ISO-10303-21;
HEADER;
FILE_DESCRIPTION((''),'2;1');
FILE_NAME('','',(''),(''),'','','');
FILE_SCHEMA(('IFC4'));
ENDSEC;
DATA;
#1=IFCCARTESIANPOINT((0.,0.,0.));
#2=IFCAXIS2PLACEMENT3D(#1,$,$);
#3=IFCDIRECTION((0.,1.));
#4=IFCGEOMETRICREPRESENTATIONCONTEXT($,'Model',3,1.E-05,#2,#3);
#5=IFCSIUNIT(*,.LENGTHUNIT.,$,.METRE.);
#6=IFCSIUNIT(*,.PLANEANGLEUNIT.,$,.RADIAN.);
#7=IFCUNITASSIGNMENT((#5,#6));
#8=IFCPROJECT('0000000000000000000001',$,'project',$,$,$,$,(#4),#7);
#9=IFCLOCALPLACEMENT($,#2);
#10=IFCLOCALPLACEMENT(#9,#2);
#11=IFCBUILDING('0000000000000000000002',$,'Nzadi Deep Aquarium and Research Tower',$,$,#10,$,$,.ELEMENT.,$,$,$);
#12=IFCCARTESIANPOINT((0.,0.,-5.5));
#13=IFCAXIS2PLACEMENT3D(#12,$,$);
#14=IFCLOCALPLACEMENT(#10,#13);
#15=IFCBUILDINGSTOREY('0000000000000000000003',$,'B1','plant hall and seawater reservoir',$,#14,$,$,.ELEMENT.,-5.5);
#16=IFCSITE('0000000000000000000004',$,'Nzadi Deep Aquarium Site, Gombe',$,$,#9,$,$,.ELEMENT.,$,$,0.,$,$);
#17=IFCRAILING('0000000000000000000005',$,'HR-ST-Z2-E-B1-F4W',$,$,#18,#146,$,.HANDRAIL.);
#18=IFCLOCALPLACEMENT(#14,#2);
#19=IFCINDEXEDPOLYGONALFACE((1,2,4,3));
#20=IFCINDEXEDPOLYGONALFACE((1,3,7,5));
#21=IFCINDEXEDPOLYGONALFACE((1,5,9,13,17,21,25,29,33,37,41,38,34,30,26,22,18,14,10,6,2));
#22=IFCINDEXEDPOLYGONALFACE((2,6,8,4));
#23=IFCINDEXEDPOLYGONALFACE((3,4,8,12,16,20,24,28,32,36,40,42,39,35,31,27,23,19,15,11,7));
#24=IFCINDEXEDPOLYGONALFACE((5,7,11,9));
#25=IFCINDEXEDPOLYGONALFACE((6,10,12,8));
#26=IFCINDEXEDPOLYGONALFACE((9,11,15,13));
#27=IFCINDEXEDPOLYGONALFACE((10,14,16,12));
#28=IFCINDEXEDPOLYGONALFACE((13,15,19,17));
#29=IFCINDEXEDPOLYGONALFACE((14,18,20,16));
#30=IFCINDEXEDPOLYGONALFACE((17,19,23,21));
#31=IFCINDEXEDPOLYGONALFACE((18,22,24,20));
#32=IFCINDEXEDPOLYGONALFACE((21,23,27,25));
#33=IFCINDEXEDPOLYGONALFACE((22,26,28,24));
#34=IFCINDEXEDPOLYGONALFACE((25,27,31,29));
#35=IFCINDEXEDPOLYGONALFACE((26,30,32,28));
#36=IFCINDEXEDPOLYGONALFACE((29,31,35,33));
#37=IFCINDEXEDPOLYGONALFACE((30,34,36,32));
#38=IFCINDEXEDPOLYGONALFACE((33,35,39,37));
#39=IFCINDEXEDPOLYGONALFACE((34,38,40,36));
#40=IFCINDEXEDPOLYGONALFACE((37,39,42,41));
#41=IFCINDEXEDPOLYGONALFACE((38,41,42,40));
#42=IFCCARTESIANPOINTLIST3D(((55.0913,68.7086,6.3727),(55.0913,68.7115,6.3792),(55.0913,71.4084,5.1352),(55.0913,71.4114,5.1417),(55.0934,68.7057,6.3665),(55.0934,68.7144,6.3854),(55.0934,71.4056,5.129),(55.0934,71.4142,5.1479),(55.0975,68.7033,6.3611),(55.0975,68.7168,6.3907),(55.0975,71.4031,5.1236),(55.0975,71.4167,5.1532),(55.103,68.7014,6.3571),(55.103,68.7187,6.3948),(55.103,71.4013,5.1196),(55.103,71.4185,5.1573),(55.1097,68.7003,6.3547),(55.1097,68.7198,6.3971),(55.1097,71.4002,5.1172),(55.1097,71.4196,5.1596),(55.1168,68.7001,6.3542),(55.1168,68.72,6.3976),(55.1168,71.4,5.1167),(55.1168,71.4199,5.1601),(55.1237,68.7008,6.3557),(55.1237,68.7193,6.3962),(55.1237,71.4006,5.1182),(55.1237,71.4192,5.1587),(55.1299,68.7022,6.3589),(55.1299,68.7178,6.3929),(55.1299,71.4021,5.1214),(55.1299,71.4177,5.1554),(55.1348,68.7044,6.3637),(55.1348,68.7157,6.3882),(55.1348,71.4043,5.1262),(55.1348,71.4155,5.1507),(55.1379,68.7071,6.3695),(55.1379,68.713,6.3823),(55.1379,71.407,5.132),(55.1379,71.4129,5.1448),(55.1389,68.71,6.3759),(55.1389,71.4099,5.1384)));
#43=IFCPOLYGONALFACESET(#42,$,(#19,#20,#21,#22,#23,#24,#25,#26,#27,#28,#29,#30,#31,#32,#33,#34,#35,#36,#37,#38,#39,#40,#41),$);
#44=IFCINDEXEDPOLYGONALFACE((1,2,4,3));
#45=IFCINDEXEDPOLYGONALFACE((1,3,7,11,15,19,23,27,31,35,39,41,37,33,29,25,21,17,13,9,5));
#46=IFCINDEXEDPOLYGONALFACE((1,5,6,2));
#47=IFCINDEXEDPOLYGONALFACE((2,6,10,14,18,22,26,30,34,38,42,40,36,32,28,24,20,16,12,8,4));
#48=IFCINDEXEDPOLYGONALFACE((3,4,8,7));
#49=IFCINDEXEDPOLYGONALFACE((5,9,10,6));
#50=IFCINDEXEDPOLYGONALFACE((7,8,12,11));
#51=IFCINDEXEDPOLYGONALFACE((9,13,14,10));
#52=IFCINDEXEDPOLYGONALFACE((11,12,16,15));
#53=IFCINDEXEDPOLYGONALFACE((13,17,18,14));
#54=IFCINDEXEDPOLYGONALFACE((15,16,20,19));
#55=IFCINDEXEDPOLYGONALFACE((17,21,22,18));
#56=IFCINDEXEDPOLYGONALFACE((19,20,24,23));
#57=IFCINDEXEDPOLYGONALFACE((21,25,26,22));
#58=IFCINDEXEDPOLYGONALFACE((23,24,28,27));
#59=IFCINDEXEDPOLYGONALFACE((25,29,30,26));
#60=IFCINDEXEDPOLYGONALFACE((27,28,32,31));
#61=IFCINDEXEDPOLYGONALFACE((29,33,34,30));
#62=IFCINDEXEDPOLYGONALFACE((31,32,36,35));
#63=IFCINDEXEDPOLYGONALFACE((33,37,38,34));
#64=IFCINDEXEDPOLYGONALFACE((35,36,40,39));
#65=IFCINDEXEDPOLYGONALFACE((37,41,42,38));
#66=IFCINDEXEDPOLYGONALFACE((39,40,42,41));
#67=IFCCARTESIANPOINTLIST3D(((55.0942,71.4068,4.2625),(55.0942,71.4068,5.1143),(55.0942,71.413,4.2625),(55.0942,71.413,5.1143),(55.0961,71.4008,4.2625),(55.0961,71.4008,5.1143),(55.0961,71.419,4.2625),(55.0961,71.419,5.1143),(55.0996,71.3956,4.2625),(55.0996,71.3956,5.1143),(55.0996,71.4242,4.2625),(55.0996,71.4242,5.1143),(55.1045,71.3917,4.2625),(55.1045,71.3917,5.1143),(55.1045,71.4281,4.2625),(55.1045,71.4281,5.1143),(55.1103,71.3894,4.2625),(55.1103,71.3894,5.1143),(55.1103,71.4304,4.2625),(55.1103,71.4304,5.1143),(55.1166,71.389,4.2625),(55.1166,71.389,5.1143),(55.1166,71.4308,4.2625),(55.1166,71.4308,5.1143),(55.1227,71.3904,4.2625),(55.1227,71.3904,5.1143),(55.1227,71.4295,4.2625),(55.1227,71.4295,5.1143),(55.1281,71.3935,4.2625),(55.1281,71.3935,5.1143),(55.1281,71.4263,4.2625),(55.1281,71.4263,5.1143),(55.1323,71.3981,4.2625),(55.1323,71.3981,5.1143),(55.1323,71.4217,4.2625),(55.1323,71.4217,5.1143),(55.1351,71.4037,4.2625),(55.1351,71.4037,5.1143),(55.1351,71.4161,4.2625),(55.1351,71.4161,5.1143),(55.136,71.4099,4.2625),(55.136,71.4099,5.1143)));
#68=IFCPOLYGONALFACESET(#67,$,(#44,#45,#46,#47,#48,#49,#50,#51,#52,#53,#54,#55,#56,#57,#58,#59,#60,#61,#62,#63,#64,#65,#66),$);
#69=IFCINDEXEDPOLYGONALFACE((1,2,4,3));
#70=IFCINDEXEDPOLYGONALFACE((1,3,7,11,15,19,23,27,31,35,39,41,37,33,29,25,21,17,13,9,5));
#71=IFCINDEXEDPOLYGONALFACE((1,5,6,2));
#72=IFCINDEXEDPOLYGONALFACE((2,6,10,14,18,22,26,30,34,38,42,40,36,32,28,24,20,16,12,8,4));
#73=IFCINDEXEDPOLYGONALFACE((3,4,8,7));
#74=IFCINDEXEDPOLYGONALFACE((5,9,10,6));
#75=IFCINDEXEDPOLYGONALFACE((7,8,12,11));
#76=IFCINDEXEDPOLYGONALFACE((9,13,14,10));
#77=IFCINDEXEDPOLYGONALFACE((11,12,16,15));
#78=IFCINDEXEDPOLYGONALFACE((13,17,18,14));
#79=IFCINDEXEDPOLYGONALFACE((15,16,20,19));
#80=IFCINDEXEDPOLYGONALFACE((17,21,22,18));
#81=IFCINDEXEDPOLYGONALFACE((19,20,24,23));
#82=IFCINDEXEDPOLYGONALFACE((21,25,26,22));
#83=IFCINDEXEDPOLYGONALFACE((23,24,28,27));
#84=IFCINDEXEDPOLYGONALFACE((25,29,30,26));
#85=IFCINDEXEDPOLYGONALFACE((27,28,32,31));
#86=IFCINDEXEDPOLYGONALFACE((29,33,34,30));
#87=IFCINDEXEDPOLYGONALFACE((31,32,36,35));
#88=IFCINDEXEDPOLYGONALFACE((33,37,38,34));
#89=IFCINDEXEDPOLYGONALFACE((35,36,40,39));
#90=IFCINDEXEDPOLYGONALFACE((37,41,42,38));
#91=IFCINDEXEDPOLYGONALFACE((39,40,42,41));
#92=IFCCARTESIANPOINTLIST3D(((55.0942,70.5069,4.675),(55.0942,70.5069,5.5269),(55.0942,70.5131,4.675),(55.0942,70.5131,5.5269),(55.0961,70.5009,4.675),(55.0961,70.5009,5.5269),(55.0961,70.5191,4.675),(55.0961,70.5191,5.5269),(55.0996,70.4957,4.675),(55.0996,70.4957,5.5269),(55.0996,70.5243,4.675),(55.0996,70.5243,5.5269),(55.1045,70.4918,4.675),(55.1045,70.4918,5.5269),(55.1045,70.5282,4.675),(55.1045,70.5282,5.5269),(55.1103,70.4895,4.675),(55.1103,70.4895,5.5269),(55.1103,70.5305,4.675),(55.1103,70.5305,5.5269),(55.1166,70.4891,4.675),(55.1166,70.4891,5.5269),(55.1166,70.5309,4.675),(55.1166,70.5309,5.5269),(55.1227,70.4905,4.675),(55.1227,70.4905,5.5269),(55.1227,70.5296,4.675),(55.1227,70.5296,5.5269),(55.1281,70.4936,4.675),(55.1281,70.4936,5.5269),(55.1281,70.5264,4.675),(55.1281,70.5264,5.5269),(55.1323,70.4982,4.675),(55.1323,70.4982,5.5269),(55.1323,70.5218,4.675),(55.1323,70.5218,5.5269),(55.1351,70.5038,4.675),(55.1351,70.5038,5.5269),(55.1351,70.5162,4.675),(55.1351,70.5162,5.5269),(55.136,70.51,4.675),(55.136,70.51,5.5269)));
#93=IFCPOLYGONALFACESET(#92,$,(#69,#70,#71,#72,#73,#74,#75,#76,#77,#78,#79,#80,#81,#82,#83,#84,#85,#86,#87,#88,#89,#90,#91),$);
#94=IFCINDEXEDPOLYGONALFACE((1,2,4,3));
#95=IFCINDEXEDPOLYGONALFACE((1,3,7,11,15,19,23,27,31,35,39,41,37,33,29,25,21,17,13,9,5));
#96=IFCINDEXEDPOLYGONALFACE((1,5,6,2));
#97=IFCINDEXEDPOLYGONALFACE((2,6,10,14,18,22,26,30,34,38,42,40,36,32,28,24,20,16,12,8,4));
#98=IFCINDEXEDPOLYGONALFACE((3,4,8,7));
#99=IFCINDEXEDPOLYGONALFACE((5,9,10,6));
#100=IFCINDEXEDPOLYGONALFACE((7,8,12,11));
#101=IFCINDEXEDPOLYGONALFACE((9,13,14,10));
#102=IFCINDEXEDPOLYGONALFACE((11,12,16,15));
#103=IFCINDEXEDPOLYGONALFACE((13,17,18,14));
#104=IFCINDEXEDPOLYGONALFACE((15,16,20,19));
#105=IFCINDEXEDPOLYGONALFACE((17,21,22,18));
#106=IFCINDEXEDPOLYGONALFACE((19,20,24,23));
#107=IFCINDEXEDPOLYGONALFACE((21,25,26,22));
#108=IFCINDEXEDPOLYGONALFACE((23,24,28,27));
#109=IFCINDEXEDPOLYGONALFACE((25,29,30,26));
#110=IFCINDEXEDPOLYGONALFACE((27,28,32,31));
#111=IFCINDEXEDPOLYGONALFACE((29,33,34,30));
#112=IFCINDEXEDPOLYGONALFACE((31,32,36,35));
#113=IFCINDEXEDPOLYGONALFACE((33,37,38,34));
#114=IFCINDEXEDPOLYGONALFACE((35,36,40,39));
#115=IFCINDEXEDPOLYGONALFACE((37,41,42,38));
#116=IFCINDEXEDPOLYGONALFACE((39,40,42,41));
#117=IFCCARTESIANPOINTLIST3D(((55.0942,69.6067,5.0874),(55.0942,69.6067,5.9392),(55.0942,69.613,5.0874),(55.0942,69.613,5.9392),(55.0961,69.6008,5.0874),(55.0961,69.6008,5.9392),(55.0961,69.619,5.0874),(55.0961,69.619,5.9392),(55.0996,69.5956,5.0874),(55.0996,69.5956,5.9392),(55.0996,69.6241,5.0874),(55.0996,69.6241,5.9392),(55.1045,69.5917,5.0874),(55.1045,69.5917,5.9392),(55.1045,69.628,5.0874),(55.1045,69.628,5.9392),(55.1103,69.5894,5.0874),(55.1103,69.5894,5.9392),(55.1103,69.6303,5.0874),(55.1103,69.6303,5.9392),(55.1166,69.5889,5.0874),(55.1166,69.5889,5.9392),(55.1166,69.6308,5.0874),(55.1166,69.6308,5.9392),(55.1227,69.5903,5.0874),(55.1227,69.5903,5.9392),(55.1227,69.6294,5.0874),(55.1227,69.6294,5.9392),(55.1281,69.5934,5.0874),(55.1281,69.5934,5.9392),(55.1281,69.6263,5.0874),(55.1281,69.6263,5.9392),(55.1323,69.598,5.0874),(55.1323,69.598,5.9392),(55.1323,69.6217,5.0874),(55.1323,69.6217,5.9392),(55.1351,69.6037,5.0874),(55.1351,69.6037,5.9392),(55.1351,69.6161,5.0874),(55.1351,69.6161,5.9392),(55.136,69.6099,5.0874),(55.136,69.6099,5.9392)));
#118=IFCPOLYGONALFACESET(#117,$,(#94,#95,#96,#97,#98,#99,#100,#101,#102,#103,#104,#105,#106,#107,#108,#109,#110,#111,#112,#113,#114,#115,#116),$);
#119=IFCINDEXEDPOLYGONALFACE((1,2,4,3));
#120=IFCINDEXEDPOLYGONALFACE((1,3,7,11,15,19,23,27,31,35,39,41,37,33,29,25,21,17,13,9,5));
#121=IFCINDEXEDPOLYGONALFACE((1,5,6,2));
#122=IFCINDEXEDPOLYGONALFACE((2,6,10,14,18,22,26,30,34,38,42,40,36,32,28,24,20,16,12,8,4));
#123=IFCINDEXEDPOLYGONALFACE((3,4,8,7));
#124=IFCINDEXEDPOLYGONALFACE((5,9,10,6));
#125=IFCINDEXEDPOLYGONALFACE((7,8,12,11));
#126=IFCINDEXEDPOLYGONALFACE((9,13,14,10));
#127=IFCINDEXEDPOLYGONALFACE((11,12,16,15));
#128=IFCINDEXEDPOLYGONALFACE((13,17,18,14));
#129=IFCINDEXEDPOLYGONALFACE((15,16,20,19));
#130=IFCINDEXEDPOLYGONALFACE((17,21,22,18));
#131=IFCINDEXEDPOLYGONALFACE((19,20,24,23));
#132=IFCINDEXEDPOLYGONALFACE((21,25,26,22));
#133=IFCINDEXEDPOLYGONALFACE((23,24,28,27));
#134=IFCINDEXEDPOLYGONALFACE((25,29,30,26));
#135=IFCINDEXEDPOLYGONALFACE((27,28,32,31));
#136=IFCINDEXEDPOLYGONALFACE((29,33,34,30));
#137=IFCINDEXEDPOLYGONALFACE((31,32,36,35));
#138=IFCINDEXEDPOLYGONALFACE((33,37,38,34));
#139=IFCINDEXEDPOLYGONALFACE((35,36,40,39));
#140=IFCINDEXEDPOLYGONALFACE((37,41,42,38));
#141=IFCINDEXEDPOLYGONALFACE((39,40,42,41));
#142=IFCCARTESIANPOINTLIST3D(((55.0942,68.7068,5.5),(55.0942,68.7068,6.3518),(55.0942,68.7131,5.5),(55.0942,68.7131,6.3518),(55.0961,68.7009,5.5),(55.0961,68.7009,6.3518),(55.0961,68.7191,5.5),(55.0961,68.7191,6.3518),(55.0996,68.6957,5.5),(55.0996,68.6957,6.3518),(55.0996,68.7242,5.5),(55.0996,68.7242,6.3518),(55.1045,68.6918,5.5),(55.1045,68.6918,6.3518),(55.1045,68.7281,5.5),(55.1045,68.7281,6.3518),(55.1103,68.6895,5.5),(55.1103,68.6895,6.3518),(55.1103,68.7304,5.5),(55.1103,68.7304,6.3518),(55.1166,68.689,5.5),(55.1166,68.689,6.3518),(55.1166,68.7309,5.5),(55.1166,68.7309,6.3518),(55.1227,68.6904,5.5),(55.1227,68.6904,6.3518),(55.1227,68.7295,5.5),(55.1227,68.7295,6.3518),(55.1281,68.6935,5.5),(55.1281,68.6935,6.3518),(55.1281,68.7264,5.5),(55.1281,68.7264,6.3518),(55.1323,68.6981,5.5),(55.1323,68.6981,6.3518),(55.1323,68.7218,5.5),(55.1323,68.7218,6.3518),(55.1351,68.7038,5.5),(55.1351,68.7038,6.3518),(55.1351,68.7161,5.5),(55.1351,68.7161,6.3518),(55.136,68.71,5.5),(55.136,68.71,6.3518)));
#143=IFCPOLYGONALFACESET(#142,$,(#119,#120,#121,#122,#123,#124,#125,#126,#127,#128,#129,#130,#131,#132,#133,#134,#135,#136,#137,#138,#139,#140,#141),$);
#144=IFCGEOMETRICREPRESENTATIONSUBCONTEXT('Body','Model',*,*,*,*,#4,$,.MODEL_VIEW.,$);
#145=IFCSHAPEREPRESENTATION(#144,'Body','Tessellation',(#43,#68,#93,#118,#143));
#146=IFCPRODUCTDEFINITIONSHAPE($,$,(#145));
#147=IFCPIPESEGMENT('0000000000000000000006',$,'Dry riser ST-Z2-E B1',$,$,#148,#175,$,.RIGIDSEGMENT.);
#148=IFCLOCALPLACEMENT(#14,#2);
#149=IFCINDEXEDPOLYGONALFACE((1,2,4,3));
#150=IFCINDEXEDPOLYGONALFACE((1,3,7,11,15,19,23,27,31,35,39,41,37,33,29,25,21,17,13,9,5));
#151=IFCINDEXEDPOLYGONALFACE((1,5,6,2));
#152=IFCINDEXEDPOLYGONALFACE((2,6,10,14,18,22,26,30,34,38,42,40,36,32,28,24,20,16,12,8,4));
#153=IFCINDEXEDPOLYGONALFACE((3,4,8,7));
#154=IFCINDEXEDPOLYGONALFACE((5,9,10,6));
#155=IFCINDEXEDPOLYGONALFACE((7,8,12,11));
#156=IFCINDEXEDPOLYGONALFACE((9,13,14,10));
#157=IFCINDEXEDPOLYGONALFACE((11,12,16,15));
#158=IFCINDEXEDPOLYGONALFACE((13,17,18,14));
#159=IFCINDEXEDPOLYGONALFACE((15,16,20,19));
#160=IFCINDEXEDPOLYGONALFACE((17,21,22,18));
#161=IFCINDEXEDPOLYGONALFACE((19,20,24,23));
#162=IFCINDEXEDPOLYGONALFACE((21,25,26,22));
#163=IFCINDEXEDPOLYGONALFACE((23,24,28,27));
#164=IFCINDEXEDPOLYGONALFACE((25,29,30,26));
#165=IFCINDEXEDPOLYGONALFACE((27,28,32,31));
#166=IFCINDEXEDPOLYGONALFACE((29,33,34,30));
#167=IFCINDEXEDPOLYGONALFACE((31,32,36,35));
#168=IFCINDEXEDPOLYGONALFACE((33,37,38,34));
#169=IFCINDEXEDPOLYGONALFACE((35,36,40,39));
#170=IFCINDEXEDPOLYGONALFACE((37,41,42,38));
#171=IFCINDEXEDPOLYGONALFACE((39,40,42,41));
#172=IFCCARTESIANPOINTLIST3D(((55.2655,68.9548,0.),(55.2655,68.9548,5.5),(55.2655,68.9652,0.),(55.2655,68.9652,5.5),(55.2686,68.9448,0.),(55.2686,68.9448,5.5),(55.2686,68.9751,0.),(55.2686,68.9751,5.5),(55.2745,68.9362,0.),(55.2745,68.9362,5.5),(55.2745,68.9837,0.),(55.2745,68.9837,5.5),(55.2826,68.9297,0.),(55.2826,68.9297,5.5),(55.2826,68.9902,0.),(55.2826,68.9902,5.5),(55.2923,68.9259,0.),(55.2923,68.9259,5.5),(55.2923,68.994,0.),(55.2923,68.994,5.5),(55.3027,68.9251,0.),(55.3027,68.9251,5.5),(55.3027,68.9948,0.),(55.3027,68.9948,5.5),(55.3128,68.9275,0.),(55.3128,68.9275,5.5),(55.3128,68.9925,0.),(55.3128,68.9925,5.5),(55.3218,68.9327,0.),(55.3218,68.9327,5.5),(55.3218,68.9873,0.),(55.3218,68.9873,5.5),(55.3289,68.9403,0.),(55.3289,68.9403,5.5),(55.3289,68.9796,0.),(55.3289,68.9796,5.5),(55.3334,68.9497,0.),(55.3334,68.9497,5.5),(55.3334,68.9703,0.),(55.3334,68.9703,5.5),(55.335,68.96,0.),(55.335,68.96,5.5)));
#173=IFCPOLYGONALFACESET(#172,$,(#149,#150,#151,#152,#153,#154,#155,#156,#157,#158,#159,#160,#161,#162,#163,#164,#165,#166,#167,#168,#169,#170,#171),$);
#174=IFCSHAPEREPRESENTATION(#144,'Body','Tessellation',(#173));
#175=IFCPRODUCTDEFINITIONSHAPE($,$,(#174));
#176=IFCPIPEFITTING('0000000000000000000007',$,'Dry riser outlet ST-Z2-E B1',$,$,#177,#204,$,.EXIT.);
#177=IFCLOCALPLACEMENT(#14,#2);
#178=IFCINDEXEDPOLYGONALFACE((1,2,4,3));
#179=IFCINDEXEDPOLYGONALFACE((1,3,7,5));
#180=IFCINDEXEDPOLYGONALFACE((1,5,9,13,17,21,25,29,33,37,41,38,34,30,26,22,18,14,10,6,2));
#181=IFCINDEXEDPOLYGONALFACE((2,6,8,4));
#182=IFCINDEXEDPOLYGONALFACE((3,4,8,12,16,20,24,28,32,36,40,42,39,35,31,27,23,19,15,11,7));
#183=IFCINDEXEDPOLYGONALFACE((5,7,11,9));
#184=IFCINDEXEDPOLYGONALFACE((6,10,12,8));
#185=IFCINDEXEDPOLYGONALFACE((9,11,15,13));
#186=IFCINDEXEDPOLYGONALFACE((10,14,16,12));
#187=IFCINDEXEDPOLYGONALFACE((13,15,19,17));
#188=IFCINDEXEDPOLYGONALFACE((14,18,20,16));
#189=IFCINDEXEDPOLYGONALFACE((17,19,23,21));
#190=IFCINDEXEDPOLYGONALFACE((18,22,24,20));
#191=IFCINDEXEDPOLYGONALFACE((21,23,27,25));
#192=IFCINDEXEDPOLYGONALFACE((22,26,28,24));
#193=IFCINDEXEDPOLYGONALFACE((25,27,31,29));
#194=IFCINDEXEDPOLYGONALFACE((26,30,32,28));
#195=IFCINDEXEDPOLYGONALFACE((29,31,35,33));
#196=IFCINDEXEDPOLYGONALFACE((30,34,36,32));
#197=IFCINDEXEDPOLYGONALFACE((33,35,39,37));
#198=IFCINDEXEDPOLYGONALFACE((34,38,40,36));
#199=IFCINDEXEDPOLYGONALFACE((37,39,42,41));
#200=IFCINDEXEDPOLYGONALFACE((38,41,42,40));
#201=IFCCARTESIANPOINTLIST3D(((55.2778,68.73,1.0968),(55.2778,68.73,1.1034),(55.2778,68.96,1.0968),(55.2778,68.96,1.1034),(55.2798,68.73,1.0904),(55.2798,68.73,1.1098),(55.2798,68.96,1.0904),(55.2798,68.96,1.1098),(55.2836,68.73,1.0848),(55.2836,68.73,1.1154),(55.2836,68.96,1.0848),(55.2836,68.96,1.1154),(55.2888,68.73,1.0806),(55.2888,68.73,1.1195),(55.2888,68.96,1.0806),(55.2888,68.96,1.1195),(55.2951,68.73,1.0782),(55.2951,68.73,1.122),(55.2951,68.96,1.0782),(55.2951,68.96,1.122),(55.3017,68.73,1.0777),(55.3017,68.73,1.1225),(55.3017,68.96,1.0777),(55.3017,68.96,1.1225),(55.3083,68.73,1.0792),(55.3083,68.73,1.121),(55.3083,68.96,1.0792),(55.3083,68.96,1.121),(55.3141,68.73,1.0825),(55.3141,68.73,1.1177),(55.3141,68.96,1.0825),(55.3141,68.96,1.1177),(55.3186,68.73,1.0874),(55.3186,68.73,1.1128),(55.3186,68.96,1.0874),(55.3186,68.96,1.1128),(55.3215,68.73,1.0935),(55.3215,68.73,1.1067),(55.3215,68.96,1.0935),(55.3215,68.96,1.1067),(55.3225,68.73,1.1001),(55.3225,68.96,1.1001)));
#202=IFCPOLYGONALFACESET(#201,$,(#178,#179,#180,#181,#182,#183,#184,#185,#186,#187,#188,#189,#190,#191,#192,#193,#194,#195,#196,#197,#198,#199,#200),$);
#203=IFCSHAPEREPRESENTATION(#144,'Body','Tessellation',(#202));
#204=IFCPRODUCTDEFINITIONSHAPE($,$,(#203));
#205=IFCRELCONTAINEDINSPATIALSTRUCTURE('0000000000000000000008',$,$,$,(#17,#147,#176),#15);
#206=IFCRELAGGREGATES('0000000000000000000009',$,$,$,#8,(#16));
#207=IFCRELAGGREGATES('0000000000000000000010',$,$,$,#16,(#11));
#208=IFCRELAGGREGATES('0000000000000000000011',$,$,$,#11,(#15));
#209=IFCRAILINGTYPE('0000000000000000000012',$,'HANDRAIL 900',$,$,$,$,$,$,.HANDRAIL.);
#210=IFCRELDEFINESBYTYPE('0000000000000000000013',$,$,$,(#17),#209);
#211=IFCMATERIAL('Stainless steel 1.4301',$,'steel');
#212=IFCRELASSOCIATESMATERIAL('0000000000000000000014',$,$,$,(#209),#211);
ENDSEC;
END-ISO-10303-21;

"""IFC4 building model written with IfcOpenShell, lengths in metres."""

from ifc_helpers import new_model, si_unit, direction, frame, origin, origin_2d, place, context, subcontext, project, spatial, circle, extrude, material, type_object, element, save


model = new_model("IFC4")

# Units and contexts
model_context = context("Model", 3, precision=1e-05, world=origin(), true_north=direction((0.0, 1.0)))
body_context = subcontext(model_context, "Body", "Model", "MODEL_VIEW")
ifc_project = project(units=[si_unit("LENGTHUNIT", "METRE"), si_unit("PLANEANGLEUNIT", "RADIAN")], contexts=[model_context])

# Site, building, storey
site_placement = place(None, origin())
site = spatial("IfcSite", under=ifc_project, at=site_placement, Name="Nzadi Deep Aquarium Site, Gombe", CompositionType="ELEMENT", RefElevation=0.0)
building_placement = place(site_placement, origin())
building = spatial("IfcBuilding", under=site, at=building_placement, Name="Nzadi Deep Aquarium and Research Tower", CompositionType="ELEMENT")
storey_placement = place(building_placement, frame((0.0, 0.0, -5.5)))
storey = spatial("IfcBuildingStorey", under=building, at=storey_placement, Name="B1", Description="plant hall and seawater reservoir", CompositionType="ELEMENT", Elevation=-5.5)

# Railing
ifc_material_1 = material(Name="Stainless steel 1.4301", Category="steel")
railing_type = type_object("IfcRailingType", Name="HANDRAIL 900", PredefinedType="HANDRAIL", material=ifc_material_1)
for number, where, name in (
    (1, (55.115, 71.4099, 4.2625), "HR-ST-Z2-E-B1-F4W"),
):
    element("IfcRailing", number, at=place(storey_placement, frame(where)), inside=storey, type_object=railing_type, Name=name, PredefinedType="HANDRAIL", context=body_context, shape_type="SweptSolid", body=[
        extrude(circle(Radius=0.0239, at=origin_2d()), frame((0.0, 0.0, 0.876), z_axis=(0.0, -0.909056, 0.416675), x_axis=(1.0, 0.0, 0.0)), (0.0, 0.0, 1.0), 2.97),
        extrude(circle(Radius=0.021, at=origin_2d()), origin(), (0.0, 0.0, 1.0), 0.8518),
        extrude(circle(Radius=0.021, at=origin_2d()), frame((0.0, -0.8999, 0.4126)), (0.0, 0.0, 1.0), 0.8518),
        extrude(circle(Radius=0.021, at=origin_2d()), frame((0.0, -1.8, 0.825)), (0.0, 0.0, 1.0), 0.8518),
        extrude(circle(Radius=0.021, at=origin_2d()), frame((0.0, -2.7, 1.2375)), (0.0, 0.0, 1.0), 0.8518),
    ])

# Pipe segment
pipe_segment_placement = place(storey_placement, frame((55.3, 68.96, 0.0), z_axis=(0.0, 0.0, 1.0), x_axis=(1.0, 0.0, 0.0)))
element("IfcPipeSegment", 2, at=pipe_segment_placement, inside=storey, Name="Dry riser ST-Z2-E B1", PredefinedType="RIGIDSEGMENT", context=body_context, shape_type="SweptSolid", body=[
    extrude(circle(Radius=0.0349, at=origin_2d()), origin(), (0.0, 0.0, 1.0), 5.5),
])

# Pipe fitting
pipe_fitting_placement = place(storey_placement, frame((55.3, 68.96, 1.1001), z_axis=(0.0, -1.0, 0.0), x_axis=(1.0, 0.0, 0.0)))
element("IfcPipeFitting", 3, at=pipe_fitting_placement, inside=storey, Name="Dry riser outlet ST-Z2-E B1", PredefinedType="EXIT", context=body_context, shape_type="SweptSolid", body=[
    extrude(circle(Radius=0.0225, at=origin_2d()), origin(), (0.0, 0.0, 1.0), 0.23),
])

save(model, "model.ifc")
